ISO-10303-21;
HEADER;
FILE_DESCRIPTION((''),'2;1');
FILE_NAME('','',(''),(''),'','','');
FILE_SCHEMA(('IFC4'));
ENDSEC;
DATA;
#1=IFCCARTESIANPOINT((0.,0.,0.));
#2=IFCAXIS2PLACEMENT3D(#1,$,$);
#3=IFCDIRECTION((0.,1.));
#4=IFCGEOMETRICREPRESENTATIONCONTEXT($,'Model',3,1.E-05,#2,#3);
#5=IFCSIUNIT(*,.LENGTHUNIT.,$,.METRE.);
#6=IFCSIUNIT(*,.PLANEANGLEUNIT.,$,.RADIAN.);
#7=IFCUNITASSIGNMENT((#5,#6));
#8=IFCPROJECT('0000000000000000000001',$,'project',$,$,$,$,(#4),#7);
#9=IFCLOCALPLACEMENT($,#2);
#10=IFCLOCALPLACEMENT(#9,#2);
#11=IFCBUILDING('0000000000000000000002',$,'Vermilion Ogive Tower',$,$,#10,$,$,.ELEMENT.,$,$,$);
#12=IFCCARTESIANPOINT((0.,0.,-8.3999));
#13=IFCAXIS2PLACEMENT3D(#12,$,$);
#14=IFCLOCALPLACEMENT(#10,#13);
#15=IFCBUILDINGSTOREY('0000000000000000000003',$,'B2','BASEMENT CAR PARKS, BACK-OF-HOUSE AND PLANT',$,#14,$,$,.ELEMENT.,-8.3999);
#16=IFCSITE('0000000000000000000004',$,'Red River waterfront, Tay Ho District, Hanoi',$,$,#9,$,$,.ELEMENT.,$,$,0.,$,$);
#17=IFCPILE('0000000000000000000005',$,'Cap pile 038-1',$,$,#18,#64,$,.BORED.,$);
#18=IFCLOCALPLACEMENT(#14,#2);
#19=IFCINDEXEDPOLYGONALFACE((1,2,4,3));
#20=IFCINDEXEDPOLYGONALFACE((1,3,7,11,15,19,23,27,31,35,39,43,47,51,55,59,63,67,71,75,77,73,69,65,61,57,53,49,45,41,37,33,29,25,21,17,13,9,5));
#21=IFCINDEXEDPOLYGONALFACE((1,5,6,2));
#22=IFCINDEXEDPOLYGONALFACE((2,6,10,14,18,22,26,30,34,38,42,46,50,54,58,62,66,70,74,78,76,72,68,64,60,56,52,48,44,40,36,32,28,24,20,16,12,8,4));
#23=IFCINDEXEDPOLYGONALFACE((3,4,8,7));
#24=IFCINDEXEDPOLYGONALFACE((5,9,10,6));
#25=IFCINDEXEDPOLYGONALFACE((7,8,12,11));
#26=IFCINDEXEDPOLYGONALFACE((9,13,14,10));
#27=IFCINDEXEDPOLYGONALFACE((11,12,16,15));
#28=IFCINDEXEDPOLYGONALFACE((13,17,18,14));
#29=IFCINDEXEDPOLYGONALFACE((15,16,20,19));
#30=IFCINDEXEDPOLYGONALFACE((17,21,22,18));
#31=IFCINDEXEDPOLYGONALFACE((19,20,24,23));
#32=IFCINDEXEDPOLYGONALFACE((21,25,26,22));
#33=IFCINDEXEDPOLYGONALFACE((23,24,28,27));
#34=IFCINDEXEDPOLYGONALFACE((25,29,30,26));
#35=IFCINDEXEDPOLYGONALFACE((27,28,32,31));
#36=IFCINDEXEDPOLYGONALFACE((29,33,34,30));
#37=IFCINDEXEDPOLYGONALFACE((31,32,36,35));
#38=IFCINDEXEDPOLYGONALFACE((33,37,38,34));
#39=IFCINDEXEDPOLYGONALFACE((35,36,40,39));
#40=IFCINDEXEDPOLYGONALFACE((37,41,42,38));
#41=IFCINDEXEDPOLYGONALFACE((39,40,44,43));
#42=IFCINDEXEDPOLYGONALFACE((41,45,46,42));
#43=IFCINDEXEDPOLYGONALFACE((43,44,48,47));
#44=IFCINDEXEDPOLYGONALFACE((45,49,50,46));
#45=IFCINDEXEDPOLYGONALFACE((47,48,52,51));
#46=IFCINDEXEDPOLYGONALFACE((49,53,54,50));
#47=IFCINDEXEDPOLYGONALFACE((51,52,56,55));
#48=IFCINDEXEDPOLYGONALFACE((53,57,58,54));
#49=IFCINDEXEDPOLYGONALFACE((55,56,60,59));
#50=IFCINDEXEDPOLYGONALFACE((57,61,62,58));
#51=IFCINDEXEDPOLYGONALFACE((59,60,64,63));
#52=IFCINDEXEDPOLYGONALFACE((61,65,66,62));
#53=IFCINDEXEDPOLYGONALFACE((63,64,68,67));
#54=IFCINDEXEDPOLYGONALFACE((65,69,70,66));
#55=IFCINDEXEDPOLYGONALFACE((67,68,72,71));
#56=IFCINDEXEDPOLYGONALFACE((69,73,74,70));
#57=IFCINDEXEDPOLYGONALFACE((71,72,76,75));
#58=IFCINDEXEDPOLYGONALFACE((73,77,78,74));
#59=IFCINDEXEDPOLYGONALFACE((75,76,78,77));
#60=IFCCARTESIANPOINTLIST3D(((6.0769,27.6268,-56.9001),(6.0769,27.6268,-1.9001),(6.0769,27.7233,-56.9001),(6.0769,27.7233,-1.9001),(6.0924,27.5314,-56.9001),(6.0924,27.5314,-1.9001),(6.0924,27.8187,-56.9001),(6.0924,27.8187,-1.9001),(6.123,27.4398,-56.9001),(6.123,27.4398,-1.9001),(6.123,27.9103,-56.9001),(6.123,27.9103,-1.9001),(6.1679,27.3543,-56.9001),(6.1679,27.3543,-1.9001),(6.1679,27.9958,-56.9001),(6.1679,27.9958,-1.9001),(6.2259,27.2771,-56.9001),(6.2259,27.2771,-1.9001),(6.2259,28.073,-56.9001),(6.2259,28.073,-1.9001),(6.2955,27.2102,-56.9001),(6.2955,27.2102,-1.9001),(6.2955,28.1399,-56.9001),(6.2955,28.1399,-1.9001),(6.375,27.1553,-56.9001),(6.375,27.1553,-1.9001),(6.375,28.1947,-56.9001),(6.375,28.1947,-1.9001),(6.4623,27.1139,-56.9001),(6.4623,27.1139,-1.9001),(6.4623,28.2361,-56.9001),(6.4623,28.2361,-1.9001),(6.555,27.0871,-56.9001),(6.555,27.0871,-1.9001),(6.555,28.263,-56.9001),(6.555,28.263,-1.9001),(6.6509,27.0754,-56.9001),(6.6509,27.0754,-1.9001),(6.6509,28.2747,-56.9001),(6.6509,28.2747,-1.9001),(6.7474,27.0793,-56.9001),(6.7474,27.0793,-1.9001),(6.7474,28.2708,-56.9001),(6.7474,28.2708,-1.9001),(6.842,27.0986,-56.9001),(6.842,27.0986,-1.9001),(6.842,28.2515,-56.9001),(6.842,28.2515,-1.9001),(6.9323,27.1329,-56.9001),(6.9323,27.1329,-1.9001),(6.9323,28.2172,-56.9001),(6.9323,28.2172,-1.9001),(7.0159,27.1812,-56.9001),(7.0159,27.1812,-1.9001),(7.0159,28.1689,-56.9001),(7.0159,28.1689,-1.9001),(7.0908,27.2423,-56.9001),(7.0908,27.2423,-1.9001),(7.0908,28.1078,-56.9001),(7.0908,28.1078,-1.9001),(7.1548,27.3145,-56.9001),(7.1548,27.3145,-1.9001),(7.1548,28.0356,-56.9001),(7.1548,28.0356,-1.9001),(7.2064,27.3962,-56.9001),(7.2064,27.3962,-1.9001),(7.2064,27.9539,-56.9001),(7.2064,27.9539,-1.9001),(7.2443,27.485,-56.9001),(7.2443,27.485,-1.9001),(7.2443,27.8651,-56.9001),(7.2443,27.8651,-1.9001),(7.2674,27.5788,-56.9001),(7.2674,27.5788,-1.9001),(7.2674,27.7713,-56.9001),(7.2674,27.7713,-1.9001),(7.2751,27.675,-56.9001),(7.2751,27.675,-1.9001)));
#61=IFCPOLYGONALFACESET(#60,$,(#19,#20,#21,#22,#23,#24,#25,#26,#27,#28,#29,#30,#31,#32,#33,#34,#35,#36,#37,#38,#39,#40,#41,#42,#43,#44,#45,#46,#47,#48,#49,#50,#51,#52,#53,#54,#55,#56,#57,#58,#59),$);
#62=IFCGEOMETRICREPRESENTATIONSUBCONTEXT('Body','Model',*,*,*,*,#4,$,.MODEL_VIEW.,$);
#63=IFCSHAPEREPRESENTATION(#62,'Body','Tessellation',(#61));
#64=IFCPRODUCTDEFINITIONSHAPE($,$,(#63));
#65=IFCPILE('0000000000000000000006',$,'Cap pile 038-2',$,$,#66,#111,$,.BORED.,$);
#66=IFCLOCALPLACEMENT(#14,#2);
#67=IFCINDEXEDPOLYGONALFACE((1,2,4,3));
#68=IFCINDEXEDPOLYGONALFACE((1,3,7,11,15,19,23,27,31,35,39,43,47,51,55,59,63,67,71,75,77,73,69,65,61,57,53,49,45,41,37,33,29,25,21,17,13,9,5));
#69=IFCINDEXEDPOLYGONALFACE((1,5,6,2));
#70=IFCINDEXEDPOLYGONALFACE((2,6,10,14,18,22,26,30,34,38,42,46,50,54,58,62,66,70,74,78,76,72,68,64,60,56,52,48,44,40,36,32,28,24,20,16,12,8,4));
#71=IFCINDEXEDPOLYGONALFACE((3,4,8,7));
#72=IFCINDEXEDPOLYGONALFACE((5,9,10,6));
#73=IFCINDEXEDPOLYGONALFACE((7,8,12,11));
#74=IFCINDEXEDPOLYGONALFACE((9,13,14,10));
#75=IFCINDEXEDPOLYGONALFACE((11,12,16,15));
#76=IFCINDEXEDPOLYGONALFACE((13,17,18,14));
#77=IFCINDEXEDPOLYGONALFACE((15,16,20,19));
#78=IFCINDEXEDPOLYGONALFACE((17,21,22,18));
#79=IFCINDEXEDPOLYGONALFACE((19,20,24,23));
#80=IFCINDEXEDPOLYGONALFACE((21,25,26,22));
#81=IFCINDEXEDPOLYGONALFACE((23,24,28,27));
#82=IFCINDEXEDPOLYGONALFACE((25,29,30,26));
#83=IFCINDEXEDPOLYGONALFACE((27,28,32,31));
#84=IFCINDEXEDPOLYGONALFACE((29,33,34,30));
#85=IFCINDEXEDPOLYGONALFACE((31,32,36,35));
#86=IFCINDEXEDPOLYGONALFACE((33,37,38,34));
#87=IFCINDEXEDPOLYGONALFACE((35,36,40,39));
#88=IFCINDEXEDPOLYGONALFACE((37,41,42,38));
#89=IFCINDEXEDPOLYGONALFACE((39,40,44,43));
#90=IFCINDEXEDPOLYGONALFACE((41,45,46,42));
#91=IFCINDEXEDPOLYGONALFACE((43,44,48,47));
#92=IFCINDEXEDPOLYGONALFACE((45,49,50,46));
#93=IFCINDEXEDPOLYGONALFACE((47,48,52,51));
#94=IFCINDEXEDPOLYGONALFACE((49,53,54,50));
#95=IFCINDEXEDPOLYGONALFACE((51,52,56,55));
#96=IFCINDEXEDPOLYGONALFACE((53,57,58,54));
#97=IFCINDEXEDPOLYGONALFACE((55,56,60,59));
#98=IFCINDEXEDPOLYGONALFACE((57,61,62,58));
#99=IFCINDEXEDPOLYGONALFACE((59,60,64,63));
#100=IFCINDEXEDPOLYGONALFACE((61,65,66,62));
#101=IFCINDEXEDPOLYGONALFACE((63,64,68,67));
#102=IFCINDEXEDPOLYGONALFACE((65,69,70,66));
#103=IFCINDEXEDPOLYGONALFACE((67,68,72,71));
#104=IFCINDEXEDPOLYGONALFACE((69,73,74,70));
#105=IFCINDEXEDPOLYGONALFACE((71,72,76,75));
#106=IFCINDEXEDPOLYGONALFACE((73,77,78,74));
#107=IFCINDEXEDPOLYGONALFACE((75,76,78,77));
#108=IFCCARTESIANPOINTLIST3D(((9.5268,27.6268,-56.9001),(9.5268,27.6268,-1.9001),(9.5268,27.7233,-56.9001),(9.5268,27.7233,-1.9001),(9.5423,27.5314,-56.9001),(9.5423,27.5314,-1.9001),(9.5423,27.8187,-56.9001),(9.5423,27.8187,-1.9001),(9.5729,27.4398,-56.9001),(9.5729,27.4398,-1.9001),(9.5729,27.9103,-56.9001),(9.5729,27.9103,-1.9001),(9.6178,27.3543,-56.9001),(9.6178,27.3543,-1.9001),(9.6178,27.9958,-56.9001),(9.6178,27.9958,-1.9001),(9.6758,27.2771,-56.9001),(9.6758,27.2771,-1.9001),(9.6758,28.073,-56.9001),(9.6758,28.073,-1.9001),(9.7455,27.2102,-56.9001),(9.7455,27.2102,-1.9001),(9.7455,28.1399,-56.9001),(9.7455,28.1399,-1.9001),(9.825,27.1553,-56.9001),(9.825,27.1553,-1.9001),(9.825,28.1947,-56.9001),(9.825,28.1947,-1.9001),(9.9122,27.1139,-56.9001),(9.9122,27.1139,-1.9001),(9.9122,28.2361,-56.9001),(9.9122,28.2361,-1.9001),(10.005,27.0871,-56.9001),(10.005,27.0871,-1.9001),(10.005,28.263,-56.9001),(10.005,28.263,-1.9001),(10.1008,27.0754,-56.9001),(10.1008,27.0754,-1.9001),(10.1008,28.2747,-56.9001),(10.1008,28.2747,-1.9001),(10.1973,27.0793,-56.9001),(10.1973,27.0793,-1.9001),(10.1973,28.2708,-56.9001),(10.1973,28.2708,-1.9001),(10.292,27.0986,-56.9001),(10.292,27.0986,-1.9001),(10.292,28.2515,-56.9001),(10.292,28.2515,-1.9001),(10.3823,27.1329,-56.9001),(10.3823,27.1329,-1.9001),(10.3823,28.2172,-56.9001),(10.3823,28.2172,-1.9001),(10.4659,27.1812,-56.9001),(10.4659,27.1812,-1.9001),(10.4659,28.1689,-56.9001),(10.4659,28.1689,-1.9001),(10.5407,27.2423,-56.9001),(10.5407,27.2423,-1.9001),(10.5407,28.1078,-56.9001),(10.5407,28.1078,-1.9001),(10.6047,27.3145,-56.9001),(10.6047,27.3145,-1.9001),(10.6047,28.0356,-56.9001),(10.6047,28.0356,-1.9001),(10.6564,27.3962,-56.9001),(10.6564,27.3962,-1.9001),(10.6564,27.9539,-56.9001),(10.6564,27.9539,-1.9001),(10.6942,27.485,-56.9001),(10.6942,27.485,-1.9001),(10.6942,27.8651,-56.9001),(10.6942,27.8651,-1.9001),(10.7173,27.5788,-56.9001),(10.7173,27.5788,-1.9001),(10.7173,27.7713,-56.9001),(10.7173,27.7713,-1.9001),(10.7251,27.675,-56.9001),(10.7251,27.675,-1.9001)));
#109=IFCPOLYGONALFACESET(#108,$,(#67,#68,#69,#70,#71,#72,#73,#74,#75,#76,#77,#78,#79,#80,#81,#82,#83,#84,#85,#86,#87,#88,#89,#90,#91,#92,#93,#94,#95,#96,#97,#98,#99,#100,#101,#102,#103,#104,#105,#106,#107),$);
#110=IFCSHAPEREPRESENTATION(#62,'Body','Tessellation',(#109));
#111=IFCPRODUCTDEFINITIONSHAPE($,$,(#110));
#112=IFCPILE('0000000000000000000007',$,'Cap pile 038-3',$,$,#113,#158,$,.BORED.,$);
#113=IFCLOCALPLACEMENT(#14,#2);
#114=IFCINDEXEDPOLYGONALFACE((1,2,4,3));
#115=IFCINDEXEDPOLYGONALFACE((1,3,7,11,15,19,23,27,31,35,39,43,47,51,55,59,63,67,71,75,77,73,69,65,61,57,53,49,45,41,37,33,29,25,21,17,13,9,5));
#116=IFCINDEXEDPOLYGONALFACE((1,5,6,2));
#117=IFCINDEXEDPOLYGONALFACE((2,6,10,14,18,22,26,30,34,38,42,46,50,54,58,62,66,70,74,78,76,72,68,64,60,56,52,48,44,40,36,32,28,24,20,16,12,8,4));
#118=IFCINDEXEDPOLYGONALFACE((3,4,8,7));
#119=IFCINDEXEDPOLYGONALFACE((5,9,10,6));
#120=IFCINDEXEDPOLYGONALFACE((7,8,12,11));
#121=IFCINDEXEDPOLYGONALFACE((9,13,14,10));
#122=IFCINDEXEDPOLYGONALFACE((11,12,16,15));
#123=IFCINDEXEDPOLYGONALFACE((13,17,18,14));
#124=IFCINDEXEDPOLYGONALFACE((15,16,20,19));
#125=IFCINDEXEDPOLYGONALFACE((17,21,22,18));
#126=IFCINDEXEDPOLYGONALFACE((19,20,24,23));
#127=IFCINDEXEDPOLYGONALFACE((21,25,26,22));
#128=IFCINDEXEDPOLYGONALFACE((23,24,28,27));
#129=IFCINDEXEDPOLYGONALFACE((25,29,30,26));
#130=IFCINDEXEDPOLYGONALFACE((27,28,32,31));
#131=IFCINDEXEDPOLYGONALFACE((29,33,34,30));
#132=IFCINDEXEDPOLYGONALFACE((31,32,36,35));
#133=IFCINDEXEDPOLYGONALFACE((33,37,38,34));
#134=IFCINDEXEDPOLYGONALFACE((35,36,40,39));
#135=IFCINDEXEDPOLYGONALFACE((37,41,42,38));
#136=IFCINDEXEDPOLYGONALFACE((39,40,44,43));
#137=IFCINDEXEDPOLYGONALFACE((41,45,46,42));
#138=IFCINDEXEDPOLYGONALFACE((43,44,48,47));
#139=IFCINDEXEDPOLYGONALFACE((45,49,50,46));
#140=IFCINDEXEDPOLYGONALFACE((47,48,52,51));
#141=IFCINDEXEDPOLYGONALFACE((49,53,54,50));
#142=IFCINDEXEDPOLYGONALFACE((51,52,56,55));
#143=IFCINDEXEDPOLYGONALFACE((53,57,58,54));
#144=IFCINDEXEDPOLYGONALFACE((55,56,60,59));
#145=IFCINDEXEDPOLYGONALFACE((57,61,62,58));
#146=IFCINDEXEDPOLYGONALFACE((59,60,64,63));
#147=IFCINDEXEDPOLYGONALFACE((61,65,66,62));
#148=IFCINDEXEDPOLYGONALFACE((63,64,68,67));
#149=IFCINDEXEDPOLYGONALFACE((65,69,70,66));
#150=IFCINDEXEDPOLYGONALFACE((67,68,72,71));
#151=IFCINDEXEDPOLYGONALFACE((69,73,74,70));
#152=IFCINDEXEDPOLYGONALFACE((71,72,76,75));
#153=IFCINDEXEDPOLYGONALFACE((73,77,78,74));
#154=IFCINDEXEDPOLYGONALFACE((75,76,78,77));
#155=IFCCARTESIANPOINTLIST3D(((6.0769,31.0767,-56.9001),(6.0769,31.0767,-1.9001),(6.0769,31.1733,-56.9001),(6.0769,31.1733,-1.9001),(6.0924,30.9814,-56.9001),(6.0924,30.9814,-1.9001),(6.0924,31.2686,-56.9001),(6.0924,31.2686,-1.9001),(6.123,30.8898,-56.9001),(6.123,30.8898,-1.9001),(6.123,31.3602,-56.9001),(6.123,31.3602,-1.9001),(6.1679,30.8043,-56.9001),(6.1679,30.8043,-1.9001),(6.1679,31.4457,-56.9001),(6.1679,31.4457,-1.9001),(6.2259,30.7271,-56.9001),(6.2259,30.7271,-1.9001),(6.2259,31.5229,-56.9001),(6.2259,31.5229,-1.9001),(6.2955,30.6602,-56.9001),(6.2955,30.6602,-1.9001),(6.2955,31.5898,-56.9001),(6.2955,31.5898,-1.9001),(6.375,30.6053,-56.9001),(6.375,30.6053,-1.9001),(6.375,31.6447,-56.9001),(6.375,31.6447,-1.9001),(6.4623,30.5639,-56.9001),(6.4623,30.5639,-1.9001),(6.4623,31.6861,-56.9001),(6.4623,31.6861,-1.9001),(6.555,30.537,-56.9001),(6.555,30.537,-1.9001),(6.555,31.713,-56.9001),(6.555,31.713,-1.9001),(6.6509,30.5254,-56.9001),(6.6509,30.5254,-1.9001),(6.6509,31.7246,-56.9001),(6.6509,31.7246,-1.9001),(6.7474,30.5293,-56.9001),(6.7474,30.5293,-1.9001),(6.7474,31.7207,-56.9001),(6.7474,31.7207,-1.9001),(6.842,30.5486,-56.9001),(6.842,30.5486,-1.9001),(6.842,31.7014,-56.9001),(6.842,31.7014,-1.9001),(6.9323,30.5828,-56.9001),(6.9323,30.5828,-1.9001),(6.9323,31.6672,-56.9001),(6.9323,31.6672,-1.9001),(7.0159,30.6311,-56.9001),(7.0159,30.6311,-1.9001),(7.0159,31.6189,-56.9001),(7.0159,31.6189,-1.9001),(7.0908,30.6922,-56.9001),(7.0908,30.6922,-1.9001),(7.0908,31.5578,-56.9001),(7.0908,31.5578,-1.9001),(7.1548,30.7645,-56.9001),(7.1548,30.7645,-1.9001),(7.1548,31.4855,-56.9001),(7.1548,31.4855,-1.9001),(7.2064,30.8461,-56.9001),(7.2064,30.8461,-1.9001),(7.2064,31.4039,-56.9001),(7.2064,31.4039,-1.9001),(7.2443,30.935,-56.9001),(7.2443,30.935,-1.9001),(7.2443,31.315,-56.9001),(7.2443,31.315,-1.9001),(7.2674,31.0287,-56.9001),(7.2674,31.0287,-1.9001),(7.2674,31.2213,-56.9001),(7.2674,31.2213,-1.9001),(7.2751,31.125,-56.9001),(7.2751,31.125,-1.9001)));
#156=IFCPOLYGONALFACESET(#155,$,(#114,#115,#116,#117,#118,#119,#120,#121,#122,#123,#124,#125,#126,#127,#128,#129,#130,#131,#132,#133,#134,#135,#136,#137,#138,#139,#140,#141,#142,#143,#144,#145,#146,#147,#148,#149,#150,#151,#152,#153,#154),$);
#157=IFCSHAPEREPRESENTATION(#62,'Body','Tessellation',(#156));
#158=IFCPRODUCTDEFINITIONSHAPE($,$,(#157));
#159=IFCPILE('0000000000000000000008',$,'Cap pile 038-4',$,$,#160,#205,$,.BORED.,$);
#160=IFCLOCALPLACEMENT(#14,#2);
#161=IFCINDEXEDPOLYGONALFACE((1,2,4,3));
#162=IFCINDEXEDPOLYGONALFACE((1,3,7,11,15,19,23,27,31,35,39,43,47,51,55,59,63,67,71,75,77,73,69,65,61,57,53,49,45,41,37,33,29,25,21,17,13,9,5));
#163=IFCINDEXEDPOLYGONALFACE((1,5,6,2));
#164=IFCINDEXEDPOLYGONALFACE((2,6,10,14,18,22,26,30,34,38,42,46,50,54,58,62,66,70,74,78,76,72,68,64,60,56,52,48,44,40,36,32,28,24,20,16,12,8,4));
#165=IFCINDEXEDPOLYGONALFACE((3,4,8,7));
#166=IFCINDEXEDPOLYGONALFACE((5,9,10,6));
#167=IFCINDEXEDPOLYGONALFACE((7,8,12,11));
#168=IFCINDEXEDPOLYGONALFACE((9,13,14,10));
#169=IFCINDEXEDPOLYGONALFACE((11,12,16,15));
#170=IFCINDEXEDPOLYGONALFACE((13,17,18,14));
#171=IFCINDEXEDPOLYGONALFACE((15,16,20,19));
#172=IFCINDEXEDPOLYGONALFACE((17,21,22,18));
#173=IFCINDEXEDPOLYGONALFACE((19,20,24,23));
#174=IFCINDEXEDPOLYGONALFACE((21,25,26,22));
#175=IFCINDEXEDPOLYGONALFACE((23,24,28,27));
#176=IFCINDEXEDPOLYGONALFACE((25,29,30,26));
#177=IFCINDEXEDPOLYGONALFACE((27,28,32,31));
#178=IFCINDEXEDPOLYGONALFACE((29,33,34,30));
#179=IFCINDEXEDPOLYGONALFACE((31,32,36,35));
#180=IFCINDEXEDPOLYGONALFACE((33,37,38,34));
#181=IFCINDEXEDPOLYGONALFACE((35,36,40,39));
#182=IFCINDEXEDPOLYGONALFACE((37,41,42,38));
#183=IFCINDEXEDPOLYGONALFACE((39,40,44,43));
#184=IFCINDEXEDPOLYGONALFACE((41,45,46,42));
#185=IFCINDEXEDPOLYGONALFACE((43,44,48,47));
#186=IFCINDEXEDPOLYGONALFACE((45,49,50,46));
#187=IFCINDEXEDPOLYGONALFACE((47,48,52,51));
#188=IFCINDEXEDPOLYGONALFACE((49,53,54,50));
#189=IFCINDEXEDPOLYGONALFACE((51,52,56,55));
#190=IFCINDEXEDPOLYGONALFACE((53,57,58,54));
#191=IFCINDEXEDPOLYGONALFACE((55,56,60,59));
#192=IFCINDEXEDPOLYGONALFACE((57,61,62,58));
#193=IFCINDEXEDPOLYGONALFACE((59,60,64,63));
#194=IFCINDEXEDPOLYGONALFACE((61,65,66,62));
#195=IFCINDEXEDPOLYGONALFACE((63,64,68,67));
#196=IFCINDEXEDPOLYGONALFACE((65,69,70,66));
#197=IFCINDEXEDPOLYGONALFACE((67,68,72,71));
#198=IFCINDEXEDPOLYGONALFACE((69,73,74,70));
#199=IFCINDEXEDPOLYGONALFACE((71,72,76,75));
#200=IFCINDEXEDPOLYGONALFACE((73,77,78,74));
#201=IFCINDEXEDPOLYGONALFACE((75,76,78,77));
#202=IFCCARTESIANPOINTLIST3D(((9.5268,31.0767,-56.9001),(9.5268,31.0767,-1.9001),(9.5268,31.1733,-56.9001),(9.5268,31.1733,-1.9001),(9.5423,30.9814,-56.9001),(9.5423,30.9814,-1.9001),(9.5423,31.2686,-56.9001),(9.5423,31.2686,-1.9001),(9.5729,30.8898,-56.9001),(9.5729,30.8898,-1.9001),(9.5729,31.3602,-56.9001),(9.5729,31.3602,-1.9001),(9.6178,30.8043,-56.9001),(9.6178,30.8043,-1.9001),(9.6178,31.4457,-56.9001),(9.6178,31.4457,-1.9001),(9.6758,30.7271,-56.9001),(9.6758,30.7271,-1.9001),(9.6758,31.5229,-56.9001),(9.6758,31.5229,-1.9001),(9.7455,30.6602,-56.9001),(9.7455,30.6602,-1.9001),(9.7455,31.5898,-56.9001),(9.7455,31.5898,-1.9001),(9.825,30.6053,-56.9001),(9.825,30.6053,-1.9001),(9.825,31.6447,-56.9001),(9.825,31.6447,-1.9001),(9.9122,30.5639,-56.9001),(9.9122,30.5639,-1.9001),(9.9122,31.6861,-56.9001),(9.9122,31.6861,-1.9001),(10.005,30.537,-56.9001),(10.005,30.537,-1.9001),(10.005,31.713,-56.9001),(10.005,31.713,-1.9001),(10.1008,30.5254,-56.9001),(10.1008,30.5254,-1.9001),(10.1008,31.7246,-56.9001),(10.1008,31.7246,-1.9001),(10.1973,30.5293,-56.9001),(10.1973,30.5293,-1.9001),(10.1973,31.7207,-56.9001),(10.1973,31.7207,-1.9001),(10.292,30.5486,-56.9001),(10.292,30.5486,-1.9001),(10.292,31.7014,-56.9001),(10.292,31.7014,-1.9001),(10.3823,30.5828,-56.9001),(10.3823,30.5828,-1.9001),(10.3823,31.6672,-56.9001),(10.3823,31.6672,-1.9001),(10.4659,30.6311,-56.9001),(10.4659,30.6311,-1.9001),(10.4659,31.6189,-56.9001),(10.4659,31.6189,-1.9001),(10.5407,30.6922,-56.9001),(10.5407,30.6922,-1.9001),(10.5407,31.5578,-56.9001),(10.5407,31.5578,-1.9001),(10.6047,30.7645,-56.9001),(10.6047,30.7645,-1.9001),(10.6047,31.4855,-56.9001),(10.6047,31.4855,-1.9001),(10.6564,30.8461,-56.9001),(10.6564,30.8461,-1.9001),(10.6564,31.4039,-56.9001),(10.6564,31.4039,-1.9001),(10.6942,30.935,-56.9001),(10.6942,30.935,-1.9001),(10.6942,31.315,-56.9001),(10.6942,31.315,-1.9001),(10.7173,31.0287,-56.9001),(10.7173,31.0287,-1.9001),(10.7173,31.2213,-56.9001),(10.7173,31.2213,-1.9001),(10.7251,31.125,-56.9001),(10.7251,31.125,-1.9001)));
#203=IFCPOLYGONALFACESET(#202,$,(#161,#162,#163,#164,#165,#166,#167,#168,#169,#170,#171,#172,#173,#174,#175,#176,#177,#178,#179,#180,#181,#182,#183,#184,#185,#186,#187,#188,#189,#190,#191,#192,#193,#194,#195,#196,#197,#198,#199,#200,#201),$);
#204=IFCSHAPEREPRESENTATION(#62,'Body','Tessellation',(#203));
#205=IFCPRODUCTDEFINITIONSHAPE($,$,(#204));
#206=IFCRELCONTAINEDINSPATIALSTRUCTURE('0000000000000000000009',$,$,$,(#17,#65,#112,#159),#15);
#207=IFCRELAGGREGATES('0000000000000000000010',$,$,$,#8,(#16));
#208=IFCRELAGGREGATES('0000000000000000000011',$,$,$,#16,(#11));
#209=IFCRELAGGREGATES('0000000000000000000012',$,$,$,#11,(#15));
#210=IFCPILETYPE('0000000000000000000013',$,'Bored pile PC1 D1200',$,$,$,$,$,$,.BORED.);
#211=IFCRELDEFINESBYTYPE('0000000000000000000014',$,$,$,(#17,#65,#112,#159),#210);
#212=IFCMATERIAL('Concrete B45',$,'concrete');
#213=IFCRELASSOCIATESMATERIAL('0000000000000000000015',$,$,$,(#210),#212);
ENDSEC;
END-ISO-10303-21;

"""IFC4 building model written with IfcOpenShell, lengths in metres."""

from ifc_helpers import new_model, si_unit, direction, frame, origin, origin_2d, place, context, subcontext, project, spatial, circle, extrude, material, type_object, element, save


model = new_model("IFC4")

# Units and contexts
model_context = context("Model", 3, precision=1e-05, world=origin(), true_north=direction((0.0, 1.0)))
body_context = subcontext(model_context, "Body", "Model", "MODEL_VIEW")
ifc_project = project(units=[si_unit("LENGTHUNIT", "METRE"), si_unit("PLANEANGLEUNIT", "RADIAN")], contexts=[model_context])

# Site, building, storey
site_placement = place(None, origin())
site = spatial("IfcSite", under=ifc_project, at=site_placement, Name="Red River waterfront, Tay Ho District, Hanoi", CompositionType="ELEMENT", RefElevation=0.0)
building_placement = place(site_placement, origin())
building = spatial("IfcBuilding", under=site, at=building_placement, Name="Vermilion Ogive Tower", CompositionType="ELEMENT")
storey_placement = place(building_placement, frame((0.0, 0.0, -8.3999)))
storey = spatial("IfcBuildingStorey", under=building, at=storey_placement, Name="B2", Description="BASEMENT CAR PARKS, BACK-OF-HOUSE AND PLANT", CompositionType="ELEMENT", Elevation=-8.3999)

# Piles
ifc_material_1 = material(Name="Concrete B45", Category="concrete")
pile_type = type_object("IfcPileType", Name="Bored pile PC1 D1200", PredefinedType="BORED", material=ifc_material_1)
for number, where, z_axis, x_axis, name in (
    (1, (6.675, 27.675, -1.9001), (0.0, 0.0, -1.0), (1.0, 0.0, 0.0), "Cap pile 038-1"),
    (2, (10.125, 27.675, -1.9001), (0.0, 0.0, -1.0), (1.0, 0.0, 0.0), "Cap pile 038-2"),
    (3, (6.675, 31.125, -1.9001), (0.0, 0.0, -1.0), (1.0, 0.0, 0.0), "Cap pile 038-3"),
    (4, (10.125, 31.125, -1.9001), (0.0, 0.0, -1.0), (1.0, 0.0, 0.0), "Cap pile 038-4"),
):
    element("IfcPile", number, at=place(storey_placement, frame(where, z_axis=z_axis, x_axis=x_axis)), inside=storey, type_object=pile_type, Name=name, PredefinedType="BORED", context=body_context, shape_type="SweptSolid", body=[
        extrude(circle(Radius=0.6001, at=origin_2d()), origin(), (0.0, 0.0, 1.0), 55.0),
    ])

save(model, "model.ifc")
